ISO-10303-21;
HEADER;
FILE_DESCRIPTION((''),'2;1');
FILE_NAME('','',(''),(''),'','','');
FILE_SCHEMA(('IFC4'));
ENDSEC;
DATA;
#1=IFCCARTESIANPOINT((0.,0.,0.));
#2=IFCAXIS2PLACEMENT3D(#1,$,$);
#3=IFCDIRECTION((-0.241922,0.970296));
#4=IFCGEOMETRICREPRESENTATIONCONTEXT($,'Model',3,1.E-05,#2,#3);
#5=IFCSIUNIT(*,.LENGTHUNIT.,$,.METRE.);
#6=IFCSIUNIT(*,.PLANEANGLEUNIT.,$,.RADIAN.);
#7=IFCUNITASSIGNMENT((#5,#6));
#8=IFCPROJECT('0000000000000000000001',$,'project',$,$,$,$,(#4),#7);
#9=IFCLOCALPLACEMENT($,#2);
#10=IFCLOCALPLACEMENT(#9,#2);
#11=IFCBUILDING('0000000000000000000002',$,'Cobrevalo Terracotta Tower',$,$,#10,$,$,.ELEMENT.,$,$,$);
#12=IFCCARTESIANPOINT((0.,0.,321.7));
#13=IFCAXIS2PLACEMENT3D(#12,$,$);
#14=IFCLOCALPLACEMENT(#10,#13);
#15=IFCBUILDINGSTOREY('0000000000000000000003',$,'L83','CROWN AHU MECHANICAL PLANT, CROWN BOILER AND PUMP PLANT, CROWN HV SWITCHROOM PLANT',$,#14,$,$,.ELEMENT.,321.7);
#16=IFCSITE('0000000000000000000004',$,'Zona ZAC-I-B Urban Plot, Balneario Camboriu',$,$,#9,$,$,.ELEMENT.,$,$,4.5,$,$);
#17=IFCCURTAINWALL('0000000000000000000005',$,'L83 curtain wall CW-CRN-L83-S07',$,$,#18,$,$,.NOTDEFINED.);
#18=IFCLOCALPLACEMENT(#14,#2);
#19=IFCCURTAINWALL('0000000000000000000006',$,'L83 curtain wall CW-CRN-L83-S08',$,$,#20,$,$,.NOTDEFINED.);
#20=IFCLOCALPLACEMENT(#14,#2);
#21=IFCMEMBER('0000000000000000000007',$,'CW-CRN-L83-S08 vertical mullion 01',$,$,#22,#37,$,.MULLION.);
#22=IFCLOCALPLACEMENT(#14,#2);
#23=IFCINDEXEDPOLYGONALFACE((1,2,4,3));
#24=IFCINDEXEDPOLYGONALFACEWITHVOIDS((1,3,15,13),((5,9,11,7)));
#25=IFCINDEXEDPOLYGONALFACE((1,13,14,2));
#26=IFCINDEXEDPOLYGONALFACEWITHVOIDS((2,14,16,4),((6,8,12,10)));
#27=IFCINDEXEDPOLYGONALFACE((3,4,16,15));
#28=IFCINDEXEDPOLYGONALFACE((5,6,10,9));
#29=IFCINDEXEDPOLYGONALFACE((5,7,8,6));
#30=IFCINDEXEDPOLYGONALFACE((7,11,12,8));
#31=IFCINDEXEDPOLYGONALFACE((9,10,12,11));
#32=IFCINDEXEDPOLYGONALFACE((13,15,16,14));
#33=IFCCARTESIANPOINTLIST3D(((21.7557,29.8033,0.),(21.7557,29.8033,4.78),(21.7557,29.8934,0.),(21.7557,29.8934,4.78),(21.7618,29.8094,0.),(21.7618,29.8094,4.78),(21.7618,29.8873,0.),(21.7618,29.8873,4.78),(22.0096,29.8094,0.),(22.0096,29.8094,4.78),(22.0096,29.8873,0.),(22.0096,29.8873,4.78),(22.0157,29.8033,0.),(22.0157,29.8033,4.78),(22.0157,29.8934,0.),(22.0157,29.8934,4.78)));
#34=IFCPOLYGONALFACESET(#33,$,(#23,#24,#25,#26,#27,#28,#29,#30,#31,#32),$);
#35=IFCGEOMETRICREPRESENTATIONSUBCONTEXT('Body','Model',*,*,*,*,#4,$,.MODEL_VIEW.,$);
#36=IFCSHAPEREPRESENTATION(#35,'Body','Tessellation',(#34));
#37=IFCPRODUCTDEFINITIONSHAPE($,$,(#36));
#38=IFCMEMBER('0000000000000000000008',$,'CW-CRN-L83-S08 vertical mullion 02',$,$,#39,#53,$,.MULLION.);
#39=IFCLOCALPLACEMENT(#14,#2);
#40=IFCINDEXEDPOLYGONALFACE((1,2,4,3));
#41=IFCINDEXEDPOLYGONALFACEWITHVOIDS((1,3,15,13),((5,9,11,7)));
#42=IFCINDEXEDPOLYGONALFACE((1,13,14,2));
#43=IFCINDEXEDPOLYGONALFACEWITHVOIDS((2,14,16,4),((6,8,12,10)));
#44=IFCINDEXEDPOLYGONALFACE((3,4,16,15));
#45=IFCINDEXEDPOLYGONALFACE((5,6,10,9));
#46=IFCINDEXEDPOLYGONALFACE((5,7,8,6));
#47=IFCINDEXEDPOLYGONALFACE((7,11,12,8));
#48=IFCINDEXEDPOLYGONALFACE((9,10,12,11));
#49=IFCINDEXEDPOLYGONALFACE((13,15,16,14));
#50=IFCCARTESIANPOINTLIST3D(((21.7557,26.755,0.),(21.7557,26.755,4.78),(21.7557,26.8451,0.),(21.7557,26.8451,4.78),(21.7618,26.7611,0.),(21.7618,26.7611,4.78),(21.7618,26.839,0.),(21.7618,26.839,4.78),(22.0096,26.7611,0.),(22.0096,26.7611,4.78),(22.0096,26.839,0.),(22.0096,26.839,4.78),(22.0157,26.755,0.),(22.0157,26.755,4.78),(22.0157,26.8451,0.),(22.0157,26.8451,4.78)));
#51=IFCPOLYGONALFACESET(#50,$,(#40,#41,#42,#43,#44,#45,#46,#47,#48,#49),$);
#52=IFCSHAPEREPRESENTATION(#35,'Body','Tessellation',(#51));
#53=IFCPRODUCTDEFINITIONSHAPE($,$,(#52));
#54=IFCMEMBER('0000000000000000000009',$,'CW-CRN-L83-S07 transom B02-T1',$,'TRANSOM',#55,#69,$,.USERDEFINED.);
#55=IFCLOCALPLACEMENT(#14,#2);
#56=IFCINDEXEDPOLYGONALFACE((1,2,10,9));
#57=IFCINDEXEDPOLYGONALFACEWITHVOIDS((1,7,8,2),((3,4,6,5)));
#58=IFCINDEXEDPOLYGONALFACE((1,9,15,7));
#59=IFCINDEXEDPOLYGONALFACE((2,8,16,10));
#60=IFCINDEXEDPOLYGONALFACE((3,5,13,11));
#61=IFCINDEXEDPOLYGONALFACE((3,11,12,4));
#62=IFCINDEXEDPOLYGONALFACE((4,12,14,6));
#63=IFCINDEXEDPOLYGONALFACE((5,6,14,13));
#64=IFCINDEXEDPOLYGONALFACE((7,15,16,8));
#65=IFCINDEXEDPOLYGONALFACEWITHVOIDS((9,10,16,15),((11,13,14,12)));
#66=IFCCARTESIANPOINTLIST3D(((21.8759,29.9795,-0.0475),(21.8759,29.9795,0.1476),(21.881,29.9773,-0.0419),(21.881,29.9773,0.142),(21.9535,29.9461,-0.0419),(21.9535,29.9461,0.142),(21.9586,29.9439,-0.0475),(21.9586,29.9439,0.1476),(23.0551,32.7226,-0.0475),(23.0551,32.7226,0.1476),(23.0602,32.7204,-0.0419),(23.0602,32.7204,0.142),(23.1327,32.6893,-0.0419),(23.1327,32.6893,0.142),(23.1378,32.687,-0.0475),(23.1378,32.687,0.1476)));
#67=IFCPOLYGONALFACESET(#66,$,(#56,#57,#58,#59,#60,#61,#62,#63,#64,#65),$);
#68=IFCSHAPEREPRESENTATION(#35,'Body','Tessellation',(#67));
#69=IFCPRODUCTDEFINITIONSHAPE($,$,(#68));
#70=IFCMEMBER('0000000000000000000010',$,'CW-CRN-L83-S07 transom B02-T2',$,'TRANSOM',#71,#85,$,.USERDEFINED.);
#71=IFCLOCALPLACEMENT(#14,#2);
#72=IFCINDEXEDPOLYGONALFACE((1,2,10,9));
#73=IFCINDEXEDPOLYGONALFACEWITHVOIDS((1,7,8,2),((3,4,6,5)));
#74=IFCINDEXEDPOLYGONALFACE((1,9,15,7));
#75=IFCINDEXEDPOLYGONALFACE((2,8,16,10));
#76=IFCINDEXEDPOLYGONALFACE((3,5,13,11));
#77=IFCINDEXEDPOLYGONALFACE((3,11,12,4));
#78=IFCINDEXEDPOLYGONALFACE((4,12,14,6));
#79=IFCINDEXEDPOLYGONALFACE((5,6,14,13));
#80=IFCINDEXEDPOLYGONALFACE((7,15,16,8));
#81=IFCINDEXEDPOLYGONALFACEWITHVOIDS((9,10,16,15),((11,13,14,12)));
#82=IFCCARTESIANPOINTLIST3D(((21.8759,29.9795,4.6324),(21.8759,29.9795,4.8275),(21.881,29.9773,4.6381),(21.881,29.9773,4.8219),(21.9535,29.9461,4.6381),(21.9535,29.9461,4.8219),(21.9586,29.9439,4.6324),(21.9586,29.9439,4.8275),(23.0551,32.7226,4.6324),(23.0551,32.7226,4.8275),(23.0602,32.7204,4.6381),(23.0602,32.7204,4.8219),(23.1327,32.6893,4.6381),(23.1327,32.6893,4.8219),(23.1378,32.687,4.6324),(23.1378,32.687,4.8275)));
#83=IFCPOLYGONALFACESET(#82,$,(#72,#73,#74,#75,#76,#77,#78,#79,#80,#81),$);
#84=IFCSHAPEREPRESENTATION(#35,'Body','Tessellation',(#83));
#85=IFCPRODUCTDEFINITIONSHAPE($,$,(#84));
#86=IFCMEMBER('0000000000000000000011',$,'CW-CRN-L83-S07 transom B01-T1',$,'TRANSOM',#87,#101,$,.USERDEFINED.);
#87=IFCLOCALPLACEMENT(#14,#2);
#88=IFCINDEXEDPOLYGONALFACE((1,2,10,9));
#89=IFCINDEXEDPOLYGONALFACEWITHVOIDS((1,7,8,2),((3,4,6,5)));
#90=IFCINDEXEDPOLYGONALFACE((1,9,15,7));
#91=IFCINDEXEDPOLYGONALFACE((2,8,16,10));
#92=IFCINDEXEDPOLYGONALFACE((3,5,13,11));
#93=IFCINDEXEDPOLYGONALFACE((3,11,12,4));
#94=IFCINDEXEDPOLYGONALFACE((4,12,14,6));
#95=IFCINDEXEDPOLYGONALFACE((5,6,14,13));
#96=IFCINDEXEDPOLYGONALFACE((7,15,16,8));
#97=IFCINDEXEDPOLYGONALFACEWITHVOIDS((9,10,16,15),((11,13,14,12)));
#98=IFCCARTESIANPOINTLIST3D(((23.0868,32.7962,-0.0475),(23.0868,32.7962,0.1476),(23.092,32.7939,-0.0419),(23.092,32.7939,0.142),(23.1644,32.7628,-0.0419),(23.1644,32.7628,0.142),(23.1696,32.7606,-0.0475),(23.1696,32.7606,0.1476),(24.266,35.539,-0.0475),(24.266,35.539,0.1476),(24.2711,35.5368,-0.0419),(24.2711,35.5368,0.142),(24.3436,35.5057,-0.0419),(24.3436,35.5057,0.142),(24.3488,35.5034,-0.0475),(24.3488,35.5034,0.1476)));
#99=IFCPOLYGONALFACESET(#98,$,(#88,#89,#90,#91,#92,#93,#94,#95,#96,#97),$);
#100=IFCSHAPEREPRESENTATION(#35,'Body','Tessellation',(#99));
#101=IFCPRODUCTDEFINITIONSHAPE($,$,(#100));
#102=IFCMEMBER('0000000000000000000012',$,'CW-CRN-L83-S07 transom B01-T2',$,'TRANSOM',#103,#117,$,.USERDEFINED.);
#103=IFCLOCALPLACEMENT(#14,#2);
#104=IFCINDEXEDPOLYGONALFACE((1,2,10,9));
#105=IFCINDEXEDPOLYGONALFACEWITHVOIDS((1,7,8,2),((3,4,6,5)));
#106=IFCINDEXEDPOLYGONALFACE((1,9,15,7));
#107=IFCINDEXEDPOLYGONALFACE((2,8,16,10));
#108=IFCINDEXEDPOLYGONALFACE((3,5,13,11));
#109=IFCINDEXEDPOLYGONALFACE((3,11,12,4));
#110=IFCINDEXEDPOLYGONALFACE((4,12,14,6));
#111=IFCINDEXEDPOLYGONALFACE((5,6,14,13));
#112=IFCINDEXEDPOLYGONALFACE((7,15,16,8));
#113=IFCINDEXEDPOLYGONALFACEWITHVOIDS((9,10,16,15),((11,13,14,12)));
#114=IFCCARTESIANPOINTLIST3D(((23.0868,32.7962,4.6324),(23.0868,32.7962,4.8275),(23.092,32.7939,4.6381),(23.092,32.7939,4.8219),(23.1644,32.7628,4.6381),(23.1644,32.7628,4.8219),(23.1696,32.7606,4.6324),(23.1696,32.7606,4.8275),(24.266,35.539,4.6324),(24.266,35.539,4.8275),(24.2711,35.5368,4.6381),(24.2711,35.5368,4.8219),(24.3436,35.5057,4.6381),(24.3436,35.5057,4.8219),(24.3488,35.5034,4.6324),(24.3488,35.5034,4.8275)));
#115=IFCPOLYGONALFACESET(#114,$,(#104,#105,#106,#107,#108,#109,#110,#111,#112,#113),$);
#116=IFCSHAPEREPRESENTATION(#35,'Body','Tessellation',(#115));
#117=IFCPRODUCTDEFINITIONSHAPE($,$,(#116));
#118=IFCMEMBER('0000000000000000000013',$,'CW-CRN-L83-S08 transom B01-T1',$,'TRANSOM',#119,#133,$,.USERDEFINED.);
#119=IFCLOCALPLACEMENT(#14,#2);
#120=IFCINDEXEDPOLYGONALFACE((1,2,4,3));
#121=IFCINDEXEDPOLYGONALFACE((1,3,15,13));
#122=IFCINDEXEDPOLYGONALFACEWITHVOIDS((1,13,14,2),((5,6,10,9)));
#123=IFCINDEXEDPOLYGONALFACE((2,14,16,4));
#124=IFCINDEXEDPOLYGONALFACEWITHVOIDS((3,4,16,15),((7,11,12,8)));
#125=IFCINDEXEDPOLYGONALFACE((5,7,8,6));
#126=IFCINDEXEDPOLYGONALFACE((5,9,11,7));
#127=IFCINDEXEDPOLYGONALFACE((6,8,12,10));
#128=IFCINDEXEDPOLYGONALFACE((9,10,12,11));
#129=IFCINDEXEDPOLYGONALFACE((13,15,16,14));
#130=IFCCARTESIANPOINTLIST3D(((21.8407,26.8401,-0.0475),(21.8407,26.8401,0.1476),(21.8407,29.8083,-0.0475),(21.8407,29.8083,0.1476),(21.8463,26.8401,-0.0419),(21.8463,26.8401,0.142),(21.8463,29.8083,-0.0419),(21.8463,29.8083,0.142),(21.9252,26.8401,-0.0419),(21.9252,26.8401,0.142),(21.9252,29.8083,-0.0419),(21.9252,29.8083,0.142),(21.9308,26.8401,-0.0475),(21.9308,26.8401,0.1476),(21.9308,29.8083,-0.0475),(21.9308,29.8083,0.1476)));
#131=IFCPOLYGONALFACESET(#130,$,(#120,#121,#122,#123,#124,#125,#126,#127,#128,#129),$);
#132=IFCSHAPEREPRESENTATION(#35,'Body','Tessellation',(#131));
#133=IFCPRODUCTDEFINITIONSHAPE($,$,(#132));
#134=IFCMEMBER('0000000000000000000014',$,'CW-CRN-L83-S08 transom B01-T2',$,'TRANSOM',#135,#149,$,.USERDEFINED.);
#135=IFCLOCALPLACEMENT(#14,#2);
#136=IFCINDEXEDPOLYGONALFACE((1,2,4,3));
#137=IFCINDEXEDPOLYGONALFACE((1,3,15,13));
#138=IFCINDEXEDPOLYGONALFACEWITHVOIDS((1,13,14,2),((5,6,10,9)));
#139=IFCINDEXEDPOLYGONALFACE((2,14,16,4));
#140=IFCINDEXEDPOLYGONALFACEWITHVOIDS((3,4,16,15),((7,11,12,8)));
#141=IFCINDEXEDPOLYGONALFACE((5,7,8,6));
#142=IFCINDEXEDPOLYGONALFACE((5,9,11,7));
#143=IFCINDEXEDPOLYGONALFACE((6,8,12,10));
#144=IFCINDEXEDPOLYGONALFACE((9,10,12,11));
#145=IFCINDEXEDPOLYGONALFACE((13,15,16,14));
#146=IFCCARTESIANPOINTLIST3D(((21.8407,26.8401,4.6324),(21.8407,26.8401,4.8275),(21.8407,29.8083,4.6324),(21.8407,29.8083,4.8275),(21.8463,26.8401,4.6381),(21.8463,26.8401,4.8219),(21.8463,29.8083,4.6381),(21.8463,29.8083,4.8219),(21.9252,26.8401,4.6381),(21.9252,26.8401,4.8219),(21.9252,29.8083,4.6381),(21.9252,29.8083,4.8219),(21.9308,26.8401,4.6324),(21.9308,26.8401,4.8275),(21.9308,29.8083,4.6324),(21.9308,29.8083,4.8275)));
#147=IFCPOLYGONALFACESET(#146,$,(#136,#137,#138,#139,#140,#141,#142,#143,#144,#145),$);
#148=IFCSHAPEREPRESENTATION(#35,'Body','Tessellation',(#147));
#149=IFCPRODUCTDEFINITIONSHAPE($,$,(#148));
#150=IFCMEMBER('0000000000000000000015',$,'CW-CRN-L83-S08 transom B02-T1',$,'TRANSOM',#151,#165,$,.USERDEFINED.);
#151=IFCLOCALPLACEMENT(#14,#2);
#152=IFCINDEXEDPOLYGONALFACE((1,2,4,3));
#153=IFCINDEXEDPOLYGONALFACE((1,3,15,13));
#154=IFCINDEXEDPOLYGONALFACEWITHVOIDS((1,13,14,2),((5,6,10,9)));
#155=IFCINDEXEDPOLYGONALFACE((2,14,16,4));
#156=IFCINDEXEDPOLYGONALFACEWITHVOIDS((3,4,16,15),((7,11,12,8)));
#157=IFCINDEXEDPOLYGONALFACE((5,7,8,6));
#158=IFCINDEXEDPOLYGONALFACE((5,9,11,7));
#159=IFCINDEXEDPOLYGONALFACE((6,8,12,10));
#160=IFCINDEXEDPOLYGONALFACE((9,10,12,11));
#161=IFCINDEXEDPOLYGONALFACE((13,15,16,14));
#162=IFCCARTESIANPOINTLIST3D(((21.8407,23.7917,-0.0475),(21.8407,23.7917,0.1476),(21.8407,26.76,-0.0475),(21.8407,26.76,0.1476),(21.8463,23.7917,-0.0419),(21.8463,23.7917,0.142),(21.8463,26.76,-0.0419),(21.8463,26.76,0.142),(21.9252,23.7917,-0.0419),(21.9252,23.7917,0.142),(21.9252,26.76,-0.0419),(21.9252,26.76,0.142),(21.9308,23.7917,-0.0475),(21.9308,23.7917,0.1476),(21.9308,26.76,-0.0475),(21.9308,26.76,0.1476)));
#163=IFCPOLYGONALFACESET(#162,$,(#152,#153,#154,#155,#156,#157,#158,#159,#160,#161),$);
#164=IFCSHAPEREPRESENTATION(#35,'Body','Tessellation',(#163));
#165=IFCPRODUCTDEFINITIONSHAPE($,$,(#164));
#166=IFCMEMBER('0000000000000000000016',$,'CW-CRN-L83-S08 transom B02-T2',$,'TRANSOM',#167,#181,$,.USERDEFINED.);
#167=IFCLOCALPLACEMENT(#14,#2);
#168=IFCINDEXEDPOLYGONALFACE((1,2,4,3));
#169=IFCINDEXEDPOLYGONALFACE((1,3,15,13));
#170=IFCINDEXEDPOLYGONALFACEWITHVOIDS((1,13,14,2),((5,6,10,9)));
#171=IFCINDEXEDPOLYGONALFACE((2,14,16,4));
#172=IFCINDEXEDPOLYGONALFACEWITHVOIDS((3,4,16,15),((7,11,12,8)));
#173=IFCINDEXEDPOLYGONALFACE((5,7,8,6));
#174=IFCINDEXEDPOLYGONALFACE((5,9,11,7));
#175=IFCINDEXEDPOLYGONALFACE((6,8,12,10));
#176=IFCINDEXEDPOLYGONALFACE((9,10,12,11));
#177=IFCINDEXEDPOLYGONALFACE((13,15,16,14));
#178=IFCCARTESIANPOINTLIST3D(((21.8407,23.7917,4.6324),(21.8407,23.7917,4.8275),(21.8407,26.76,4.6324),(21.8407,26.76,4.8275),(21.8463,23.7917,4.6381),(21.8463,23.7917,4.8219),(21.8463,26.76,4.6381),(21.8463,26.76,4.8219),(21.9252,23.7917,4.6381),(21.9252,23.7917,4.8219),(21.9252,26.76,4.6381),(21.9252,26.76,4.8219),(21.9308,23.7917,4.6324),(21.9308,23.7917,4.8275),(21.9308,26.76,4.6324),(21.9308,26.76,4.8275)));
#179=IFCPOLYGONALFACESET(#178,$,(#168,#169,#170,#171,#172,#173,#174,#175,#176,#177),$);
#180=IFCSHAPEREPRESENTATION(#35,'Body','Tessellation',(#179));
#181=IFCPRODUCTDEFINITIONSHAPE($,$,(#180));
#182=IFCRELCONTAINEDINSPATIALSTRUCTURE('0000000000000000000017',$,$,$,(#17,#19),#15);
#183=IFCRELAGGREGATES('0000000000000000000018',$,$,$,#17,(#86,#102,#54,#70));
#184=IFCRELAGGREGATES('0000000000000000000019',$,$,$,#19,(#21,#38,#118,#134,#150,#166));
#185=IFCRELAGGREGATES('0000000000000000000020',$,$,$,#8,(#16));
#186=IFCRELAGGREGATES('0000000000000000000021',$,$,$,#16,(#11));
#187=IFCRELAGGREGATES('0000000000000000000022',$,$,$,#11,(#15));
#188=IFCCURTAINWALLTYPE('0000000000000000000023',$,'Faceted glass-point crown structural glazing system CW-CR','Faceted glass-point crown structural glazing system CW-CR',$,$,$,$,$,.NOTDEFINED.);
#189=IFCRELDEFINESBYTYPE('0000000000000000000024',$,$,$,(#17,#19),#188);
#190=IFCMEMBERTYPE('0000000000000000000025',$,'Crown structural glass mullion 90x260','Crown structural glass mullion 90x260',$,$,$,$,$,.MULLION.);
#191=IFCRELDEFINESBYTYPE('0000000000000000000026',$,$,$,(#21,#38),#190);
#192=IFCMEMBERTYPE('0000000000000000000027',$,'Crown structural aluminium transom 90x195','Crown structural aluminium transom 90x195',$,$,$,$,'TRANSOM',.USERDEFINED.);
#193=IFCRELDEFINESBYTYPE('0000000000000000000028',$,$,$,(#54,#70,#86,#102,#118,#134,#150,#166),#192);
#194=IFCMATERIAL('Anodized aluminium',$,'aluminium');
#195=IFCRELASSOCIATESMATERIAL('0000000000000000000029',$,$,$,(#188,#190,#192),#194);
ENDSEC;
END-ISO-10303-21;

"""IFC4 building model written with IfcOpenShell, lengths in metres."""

from ifc_helpers import new_model, si_unit, direction, frame, origin, origin_2d, place, context, subcontext, project, spatial, hollow_rectangle, extrude, source, transform, mapped, material, material_profile, profile_set, type_object, element, aggregate, save


model = new_model("IFC4")

# Units and contexts
model_context = context("Model", 3, precision=1e-05, world=origin(), true_north=direction((-0.241922, 0.970296)))
body_context = subcontext(model_context, "Body", "Model", "MODEL_VIEW")
ifc_project = project(units=[si_unit("LENGTHUNIT", "METRE"), si_unit("PLANEANGLEUNIT", "RADIAN")], contexts=[model_context])

# Site, building, storey
site_placement = place(None, origin())
site = spatial("IfcSite", under=ifc_project, at=site_placement, Name="Zona ZAC-I-B Urban Plot, Balneario Camboriu", CompositionType="ELEMENT", RefElevation=4.5)
building_placement = place(site_placement, origin())
building = spatial("IfcBuilding", under=site, at=building_placement, Name="Cobrevalo Terracotta Tower", CompositionType="ELEMENT")
storey_placement = place(building_placement, frame((0.0, 0.0, 321.7)))
storey = spatial("IfcBuildingStorey", under=building, at=storey_placement, Name="L83", Description="CROWN AHU MECHANICAL PLANT, CROWN BOILER AND PUMP PLANT, CROWN HV SWITCHROOM PLANT", CompositionType="ELEMENT", Elevation=321.7)

# Curtain walls, members
ifc_material_1 = material(Name="Anodized aluminium", Category="aluminium")
curtain_wall_type = type_object("IfcCurtainWallType", Name="Faceted glass-point crown structural glazing system CW-CR", Description="Faceted glass-point crown structural glazing system CW-CR", PredefinedType="NOTDEFINED", material=ifc_material_1)
curtain_wall_1_placement = place(storey_placement, origin())
curtain_wall_1 = element("IfcCurtainWall", 1, at=curtain_wall_1_placement, inside=storey, type_object=curtain_wall_type, Name="L83 curtain wall CW-CRN-L83-S07", PredefinedType="NOTDEFINED")
ifc_material_profile_1 = material_profile(ifc_material_1, hollow_rectangle(XDim=0.0901, YDim=0.26, WallThickness=0.0061, at=origin_2d()), Name="CWM 90x260")
ifc_profile_set_1 = profile_set([ifc_material_profile_1], Name="Anodized aluminium")
member_type_1 = type_object("IfcMemberType", Name="Crown structural glass mullion 90x260", Description="Crown structural glass mullion 90x260", PredefinedType="MULLION", material=ifc_profile_set_1)
shared_shape_1 = source(origin(), body_context, "Body", "SweptSolid", [
    extrude(hollow_rectangle(XDim=0.0901, YDim=0.26, WallThickness=0.0061, at=origin_2d()), origin(), (0.0, 0.0, 1.0), 4.78),
])
curtain_wall_2_placement = place(storey_placement, origin())
curtain_wall_2 = element("IfcCurtainWall", 2, at=curtain_wall_2_placement, inside=storey, type_object=curtain_wall_type, Name="L83 curtain wall CW-CRN-L83-S08", PredefinedType="NOTDEFINED")
member_1_placement = place(storey_placement, frame((21.8857, 29.8484, 0.0), z_axis=(0.0, 0.0, 1.0), x_axis=(0.0, -1.0, 0.0)))
member_1 = element("IfcMember", 3, at=member_1_placement, type_object=member_type_1, Name="CW-CRN-L83-S08 vertical mullion 01", PredefinedType="MULLION", context=body_context, shape_type="MappedRepresentation", body=[
    mapped(shared_shape_1, transform((0.0, 0.0, 0.0), scale=1.0)),
])
member_2_placement = place(storey_placement, frame((21.8857, 26.8, 0.0), z_axis=(0.0, 0.0, 1.0), x_axis=(0.0, -1.0, 0.0)))
member_2 = element("IfcMember", 4, at=member_2_placement, type_object=member_type_1, Name="CW-CRN-L83-S08 vertical mullion 02", PredefinedType="MULLION", context=body_context, shape_type="MappedRepresentation", body=[
    mapped(shared_shape_1, transform((0.0, 0.0, 0.0), scale=1.0)),
])

# Members
ifc_material_profile_2 = material_profile(ifc_material_1, hollow_rectangle(XDim=0.0901, YDim=0.1951, WallThickness=0.0056, at=origin_2d()), Name="CWT 90x195")
ifc_profile_set_2 = profile_set([ifc_material_profile_2], Name="Anodized aluminium")
member_type_2 = type_object("IfcMemberType", Name="Crown structural aluminium transom 90x195", Description="Crown structural aluminium transom 90x195", ElementType="TRANSOM", PredefinedType="USERDEFINED", material=ifc_profile_set_2)
shared_shape_2 = source(origin(), body_context, "Body", "SweptSolid", [
    extrude(hollow_rectangle(XDim=0.0901, YDim=0.1951, WallThickness=0.0056, at=origin_2d()), origin(), (0.0, 0.0, 1.0), 2.9858),
])
member_3_placement = place(storey_placement, frame((23.0964, 32.7048, 0.05), z_axis=(-0.394926, -0.918713, 0.0), x_axis=(0.918713, -0.394926, 0.0)))
member_3 = element("IfcMember", 5, at=member_3_placement, type_object=member_type_2, Name="CW-CRN-L83-S07 transom B02-T1", ObjectType="TRANSOM", PredefinedType="USERDEFINED", context=body_context, shape_type="MappedRepresentation", body=[
    mapped(shared_shape_2, transform((0.0, 0.0, 0.0), scale=1.0)),
])
member_4_placement = place(storey_placement, frame((23.0964, 32.7048, 4.73), z_axis=(-0.394926, -0.918713, 0.0), x_axis=(0.918713, -0.394926, 0.0)))
member_4 = element("IfcMember", 6, at=member_4_placement, type_object=member_type_2, Name="CW-CRN-L83-S07 transom B02-T2", ObjectType="TRANSOM", PredefinedType="USERDEFINED", context=body_context, shape_type="MappedRepresentation", body=[
    mapped(shared_shape_2, transform((0.0, 0.0, 0.0), scale=1.0)),
])
shared_shape_3 = source(origin(), body_context, "Body", "SweptSolid", [
    extrude(hollow_rectangle(XDim=0.0901, YDim=0.1951, WallThickness=0.0056, at=origin_2d()), origin(), (0.0, 0.0, 1.0), 2.9856),
])
member_5_placement = place(storey_placement, frame((24.3074, 35.5212, 0.05), z_axis=(-0.394955, -0.9187, 0.0), x_axis=(0.9187, -0.394955, 0.0)))
member_5 = element("IfcMember", 7, at=member_5_placement, type_object=member_type_2, Name="CW-CRN-L83-S07 transom B01-T1", ObjectType="TRANSOM", PredefinedType="USERDEFINED", context=body_context, shape_type="MappedRepresentation", body=[
    mapped(shared_shape_3, transform((0.0, 0.0, 0.0), scale=1.0)),
])
member_6_placement = place(storey_placement, frame((24.3074, 35.5212, 4.73), z_axis=(-0.394955, -0.9187, 0.0), x_axis=(0.9187, -0.394955, 0.0)))
member_6 = element("IfcMember", 8, at=member_6_placement, type_object=member_type_2, Name="CW-CRN-L83-S07 transom B01-T2", ObjectType="TRANSOM", PredefinedType="USERDEFINED", context=body_context, shape_type="MappedRepresentation", body=[
    mapped(shared_shape_3, transform((0.0, 0.0, 0.0), scale=1.0)),
])
shared_shape_4 = source(origin(), body_context, "Body", "SweptSolid", [
    extrude(hollow_rectangle(XDim=0.0901, YDim=0.1951, WallThickness=0.0056, at=origin_2d()), origin(), (0.0, 0.0, 1.0), 2.9683),
])
member_7_placement = place(storey_placement, frame((21.8857, 29.8083, 0.05), z_axis=(0.0, -1.0, 0.0), x_axis=(1.0, 0.0, 0.0)))
member_7 = element("IfcMember", 9, at=member_7_placement, type_object=member_type_2, Name="CW-CRN-L83-S08 transom B01-T1", ObjectType="TRANSOM", PredefinedType="USERDEFINED", context=body_context, shape_type="MappedRepresentation", body=[
    mapped(shared_shape_4, transform((0.0, 0.0, 0.0), scale=1.0)),
])
member_8_placement = place(storey_placement, frame((21.8857, 29.8083, 4.73), z_axis=(0.0, -1.0, 0.0), x_axis=(1.0, 0.0, 0.0)))
member_8 = element("IfcMember", 10, at=member_8_placement, type_object=member_type_2, Name="CW-CRN-L83-S08 transom B01-T2", ObjectType="TRANSOM", PredefinedType="USERDEFINED", context=body_context, shape_type="MappedRepresentation", body=[
    mapped(shared_shape_4, transform((0.0, 0.0, 0.0), scale=1.0)),
])
member_9_placement = place(storey_placement, frame((21.8857, 26.76, 0.05), z_axis=(0.0, -1.0, 0.0), x_axis=(1.0, 0.0, 0.0)))
member_9 = element("IfcMember", 11, at=member_9_placement, type_object=member_type_2, Name="CW-CRN-L83-S08 transom B02-T1", ObjectType="TRANSOM", PredefinedType="USERDEFINED", context=body_context, shape_type="MappedRepresentation", body=[
    mapped(shared_shape_4, transform((0.0, 0.0, 0.0), scale=1.0)),
])
member_10_placement = place(storey_placement, frame((21.8857, 26.76, 4.73), z_axis=(0.0, -1.0, 0.0), x_axis=(1.0, 0.0, 0.0)))
member_10 = element("IfcMember", 12, at=member_10_placement, type_object=member_type_2, Name="CW-CRN-L83-S08 transom B02-T2", ObjectType="TRANSOM", PredefinedType="USERDEFINED", context=body_context, shape_type="MappedRepresentation", body=[
    mapped(shared_shape_4, transform((0.0, 0.0, 0.0), scale=1.0)),
])

aggregate(curtain_wall_1, [member_5, member_6, member_3, member_4])
aggregate(curtain_wall_2, [member_1, member_2, member_7, member_8, member_9, member_10])

save(model, "model.ifc")
